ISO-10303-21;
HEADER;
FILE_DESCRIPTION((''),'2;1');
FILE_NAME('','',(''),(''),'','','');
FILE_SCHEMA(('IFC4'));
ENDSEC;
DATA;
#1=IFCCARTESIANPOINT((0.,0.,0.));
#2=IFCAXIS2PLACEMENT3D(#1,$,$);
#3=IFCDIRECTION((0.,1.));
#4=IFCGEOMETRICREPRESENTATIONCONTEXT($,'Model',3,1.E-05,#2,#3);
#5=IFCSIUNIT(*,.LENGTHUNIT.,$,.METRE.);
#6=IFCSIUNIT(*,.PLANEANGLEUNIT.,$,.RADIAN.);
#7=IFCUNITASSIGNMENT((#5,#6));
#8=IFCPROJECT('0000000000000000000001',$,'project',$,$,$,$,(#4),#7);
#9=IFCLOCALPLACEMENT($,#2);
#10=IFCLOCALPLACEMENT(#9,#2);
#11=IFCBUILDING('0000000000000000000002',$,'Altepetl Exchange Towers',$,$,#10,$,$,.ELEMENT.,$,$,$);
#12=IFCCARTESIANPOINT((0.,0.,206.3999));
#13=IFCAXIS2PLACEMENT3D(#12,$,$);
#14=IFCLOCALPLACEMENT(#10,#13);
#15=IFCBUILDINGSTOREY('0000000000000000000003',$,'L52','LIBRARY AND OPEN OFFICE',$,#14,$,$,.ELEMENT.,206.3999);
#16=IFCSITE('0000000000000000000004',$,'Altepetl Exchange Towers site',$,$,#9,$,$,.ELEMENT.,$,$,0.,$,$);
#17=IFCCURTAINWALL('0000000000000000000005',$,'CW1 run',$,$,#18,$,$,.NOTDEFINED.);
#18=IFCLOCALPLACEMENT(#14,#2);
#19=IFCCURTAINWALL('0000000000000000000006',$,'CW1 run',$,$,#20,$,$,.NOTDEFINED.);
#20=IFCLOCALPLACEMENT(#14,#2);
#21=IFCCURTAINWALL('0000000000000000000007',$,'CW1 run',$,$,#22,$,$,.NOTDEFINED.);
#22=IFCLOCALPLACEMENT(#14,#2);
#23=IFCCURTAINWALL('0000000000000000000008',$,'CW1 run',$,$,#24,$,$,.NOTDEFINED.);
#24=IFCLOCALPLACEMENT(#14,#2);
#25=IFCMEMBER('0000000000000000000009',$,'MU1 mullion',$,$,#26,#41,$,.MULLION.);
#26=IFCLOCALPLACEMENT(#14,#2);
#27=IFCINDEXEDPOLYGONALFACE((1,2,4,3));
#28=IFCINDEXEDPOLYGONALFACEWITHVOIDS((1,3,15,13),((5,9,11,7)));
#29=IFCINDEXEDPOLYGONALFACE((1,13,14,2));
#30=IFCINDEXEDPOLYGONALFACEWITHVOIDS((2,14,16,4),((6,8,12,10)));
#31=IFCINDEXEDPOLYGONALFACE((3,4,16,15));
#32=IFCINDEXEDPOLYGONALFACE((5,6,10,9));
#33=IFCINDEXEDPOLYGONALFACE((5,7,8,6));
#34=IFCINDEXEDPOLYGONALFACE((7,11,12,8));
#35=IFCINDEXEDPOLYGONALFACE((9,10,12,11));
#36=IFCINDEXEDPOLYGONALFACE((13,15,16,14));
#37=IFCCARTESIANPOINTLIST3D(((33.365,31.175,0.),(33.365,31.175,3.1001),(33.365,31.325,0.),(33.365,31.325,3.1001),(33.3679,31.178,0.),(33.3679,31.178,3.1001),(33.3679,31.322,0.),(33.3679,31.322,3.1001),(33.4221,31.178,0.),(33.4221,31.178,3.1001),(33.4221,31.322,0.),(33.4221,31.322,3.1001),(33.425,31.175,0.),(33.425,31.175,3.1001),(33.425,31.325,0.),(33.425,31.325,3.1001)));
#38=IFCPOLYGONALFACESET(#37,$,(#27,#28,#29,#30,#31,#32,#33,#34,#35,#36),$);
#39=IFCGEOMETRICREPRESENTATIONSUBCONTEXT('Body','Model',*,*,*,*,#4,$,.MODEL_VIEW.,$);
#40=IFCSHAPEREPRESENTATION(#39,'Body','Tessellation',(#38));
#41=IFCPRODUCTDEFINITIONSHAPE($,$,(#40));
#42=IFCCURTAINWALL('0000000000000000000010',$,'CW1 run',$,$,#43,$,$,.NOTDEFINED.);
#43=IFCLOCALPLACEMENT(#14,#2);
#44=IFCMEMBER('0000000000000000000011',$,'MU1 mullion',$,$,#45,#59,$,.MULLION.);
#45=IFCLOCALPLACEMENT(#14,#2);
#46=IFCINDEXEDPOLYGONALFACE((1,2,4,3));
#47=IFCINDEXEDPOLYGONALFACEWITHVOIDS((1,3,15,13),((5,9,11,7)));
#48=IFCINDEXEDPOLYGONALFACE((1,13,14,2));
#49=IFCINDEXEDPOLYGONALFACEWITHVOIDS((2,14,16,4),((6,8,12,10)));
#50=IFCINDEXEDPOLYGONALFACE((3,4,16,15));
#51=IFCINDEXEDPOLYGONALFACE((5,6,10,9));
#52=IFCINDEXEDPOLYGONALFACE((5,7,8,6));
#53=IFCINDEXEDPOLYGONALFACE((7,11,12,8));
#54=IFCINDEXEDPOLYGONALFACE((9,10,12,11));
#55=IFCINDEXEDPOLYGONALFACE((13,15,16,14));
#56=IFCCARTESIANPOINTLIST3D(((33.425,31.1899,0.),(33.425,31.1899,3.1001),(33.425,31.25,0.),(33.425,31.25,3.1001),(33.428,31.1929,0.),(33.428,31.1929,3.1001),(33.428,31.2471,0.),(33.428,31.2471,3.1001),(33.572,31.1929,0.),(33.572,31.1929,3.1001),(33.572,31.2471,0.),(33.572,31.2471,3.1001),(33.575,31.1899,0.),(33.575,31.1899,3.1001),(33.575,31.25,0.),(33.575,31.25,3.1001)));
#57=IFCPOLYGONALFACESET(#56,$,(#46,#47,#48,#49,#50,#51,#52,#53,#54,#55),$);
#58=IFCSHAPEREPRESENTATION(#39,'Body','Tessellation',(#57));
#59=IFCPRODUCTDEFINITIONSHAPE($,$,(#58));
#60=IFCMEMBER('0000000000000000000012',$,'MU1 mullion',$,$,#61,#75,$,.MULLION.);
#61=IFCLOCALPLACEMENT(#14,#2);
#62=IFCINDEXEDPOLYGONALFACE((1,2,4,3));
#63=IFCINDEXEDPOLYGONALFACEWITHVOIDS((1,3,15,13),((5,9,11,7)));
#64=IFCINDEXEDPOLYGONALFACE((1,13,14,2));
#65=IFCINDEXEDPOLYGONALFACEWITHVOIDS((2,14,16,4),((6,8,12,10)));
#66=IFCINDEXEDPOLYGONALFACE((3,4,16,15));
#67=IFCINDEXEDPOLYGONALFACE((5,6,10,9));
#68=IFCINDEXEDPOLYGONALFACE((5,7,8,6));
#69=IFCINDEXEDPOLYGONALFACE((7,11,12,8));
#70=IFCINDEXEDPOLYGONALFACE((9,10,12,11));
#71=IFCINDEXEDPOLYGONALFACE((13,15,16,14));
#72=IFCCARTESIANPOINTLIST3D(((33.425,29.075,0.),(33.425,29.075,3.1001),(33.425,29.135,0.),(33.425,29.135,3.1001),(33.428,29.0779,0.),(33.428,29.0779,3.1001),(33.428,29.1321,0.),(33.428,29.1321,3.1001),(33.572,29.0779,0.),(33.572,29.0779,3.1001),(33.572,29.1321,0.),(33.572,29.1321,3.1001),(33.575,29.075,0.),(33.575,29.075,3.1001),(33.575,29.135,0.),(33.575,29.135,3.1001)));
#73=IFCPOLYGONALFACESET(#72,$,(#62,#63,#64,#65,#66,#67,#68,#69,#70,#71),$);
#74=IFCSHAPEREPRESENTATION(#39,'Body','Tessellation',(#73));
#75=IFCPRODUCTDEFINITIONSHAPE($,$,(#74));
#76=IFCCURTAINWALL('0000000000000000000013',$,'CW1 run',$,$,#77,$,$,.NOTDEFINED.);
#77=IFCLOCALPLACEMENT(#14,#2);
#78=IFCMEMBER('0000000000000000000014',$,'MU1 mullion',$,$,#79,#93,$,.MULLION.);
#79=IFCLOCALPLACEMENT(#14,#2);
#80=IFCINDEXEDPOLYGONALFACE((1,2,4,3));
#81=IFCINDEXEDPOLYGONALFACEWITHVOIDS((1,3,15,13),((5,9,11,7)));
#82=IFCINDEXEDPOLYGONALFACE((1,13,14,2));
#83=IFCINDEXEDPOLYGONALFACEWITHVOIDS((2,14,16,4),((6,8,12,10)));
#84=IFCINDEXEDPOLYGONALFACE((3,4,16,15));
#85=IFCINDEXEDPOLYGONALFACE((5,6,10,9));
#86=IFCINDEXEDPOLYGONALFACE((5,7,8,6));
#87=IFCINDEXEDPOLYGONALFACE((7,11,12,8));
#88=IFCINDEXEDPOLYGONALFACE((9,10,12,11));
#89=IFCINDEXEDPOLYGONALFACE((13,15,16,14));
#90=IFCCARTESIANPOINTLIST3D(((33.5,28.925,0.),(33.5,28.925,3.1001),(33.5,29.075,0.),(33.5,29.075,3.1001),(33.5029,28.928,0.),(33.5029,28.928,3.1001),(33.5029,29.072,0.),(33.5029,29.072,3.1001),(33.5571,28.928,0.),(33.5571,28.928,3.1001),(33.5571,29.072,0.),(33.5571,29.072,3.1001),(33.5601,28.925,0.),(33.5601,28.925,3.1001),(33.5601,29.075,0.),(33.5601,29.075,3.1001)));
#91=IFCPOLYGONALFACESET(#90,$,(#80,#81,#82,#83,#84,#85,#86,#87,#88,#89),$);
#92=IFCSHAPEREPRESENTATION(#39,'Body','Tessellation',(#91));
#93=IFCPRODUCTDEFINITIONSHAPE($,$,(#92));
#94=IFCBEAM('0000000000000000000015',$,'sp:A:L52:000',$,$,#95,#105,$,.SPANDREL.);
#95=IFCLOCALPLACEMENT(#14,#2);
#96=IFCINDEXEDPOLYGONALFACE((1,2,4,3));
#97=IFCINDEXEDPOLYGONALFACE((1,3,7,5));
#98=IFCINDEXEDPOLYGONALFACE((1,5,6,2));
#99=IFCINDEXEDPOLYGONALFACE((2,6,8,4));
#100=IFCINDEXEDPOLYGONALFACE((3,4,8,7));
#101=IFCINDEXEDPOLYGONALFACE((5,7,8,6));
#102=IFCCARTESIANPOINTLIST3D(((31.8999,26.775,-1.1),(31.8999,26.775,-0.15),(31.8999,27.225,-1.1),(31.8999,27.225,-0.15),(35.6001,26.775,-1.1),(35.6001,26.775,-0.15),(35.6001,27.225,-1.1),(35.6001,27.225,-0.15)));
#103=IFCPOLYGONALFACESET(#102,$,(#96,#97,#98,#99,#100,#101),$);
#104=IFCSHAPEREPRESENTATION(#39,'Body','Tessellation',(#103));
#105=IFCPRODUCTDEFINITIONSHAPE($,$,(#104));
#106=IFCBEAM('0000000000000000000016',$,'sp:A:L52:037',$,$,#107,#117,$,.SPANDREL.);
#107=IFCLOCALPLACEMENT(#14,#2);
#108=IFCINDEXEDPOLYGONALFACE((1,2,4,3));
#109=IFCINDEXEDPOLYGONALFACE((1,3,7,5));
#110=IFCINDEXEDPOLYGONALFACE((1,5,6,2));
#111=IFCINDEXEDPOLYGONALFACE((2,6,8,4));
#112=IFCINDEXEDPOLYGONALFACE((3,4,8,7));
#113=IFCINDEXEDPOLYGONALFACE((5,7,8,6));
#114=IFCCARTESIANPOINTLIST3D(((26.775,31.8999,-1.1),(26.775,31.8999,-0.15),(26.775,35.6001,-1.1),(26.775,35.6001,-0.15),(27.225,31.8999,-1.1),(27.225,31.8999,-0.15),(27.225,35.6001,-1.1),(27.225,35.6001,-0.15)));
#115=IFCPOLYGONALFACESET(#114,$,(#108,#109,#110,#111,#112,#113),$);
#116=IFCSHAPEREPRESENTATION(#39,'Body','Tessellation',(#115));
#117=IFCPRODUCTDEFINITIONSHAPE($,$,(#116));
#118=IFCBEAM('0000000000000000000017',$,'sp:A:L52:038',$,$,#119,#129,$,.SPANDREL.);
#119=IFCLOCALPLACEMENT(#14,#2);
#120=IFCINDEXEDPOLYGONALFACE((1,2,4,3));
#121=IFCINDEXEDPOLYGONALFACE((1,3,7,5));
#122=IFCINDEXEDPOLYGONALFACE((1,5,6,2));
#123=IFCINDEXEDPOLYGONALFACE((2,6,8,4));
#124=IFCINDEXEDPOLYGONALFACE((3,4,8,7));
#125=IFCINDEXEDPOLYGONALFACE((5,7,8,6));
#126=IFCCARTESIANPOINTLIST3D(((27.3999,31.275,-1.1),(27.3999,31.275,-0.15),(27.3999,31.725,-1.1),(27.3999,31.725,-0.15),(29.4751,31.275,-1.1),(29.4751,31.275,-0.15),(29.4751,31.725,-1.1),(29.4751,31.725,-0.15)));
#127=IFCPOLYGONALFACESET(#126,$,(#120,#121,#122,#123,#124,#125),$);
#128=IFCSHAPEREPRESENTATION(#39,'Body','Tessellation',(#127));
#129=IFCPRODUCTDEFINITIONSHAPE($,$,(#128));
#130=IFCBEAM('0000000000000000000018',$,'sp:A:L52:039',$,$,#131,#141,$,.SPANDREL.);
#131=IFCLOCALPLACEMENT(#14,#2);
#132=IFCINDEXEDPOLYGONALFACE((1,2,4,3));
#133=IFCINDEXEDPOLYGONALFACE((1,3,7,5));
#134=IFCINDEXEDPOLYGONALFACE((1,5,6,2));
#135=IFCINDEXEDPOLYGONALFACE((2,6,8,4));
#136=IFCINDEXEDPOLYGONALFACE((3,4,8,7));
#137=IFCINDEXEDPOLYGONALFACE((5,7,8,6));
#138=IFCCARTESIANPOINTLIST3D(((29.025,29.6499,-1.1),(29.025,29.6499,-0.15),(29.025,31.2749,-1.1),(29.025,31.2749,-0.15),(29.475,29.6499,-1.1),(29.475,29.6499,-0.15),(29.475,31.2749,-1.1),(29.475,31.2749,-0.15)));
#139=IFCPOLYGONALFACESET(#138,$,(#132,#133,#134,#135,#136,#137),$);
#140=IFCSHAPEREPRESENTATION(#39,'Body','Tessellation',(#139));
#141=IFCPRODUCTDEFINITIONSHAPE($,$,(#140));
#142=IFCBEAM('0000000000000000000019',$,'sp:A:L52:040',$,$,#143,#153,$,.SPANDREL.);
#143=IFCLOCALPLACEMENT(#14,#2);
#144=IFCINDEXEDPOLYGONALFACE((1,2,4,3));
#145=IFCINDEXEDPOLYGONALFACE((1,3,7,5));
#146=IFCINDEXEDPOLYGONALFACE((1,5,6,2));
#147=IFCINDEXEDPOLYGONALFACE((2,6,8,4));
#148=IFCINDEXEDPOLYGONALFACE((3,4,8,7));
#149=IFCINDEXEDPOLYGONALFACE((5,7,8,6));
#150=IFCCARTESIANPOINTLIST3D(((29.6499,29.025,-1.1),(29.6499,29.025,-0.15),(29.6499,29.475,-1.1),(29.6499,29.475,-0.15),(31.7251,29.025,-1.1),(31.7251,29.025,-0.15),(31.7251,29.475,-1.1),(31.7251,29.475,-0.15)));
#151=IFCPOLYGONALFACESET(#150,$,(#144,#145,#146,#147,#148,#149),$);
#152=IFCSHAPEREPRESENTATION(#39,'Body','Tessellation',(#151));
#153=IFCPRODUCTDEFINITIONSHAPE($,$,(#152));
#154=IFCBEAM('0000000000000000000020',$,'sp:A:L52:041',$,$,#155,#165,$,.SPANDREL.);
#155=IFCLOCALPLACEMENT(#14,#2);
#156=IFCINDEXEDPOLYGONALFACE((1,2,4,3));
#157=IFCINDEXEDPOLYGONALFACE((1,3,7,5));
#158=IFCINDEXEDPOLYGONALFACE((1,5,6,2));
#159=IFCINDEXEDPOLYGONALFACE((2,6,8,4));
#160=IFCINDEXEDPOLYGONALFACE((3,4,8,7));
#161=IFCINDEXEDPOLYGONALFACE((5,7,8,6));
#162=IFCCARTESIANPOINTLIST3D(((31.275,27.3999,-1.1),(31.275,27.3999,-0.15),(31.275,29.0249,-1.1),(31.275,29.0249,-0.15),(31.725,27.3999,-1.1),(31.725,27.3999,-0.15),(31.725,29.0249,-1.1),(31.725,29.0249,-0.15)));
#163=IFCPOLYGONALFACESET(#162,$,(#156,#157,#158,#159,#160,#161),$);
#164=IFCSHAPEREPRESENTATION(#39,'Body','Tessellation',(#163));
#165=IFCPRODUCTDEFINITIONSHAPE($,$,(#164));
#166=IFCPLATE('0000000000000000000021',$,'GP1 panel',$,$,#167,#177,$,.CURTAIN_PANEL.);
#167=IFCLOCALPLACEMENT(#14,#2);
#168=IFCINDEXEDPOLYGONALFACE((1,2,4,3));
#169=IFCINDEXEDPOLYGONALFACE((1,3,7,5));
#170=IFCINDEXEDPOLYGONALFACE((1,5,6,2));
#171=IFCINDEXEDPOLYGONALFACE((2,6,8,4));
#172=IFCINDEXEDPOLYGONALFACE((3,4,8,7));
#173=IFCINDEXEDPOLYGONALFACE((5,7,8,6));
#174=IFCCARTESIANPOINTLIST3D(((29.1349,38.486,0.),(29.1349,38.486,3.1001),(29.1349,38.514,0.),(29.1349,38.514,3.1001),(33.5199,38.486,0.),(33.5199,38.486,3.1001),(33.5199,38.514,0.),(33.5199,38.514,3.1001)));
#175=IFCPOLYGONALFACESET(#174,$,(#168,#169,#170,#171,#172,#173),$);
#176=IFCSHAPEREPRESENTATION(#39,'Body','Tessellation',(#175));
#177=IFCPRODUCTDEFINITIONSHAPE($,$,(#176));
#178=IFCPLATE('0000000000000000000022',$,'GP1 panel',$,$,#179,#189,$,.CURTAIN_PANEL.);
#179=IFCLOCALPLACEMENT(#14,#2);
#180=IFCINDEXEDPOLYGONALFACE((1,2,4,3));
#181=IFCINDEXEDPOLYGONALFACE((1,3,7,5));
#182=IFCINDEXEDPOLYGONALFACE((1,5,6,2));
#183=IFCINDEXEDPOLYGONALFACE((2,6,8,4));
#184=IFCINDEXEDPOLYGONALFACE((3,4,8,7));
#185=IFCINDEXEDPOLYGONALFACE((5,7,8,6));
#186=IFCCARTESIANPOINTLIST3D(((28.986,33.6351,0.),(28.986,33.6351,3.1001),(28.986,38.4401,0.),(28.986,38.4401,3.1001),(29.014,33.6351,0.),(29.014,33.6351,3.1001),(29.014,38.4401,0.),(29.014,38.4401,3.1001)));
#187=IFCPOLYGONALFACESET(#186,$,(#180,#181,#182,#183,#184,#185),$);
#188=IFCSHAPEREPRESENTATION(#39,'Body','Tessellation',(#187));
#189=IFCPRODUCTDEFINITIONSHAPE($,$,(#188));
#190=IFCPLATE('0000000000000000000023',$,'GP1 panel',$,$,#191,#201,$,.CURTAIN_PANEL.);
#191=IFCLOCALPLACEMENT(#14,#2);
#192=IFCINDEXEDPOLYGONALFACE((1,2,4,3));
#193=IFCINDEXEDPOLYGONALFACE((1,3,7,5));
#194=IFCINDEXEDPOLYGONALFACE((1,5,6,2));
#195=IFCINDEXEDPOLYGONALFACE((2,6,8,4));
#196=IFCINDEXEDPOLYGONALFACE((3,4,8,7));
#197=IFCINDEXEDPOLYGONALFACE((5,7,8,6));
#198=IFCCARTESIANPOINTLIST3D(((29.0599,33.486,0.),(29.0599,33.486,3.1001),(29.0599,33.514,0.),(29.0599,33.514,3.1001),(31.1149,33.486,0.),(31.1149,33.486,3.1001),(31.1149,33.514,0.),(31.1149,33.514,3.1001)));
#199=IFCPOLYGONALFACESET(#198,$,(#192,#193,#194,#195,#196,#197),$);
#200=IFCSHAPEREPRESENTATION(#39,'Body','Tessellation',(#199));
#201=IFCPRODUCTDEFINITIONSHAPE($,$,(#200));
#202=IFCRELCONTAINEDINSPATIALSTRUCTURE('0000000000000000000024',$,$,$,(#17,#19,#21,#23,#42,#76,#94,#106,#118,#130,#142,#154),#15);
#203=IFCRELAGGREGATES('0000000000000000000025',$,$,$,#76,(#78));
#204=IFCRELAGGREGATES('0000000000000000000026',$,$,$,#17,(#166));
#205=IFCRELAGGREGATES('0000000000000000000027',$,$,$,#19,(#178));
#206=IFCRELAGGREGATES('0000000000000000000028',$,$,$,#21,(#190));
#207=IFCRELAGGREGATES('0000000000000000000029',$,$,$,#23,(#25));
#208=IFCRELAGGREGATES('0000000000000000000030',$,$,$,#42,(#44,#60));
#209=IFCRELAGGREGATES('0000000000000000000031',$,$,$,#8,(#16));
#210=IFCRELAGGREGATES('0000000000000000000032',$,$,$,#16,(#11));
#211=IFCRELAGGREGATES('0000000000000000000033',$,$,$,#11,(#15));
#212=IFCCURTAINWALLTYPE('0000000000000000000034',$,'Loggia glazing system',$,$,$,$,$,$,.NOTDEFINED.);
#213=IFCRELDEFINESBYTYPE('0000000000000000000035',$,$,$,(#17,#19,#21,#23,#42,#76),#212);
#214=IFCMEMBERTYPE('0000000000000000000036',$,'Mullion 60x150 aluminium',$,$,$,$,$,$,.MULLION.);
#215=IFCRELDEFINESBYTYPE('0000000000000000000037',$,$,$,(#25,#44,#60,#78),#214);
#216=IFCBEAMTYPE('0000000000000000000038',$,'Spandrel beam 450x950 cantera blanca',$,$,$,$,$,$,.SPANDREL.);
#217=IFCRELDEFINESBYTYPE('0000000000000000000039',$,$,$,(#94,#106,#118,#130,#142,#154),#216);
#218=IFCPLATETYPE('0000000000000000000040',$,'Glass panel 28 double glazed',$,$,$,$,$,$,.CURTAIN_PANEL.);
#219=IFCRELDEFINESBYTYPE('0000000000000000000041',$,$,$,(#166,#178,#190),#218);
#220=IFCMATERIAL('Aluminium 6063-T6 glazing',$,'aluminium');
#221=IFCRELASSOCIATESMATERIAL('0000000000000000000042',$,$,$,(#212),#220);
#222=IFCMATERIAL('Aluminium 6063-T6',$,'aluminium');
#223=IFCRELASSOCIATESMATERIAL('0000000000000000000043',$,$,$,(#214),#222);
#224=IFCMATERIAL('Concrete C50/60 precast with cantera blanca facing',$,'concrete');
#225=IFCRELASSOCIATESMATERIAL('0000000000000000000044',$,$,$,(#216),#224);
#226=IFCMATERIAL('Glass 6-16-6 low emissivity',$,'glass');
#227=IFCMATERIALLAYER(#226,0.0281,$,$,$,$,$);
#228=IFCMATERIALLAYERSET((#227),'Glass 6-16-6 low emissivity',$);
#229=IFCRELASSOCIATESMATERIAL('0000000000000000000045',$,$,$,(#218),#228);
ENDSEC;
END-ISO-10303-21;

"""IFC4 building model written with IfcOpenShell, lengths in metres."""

from ifc_helpers import new_model, si_unit, direction, frame, origin, origin_2d, place, context, subcontext, project, spatial, rectangle, hollow_rectangle, extrude, material, layer, layer_set, material_profile, profile_set, type_object, element, aggregate, save


model = new_model("IFC4")

# Units and contexts
model_context = context("Model", 3, precision=1e-05, world=origin(), true_north=direction((0.0, 1.0)))
body_context = subcontext(model_context, "Body", "Model", "MODEL_VIEW")
ifc_project = project(units=[si_unit("LENGTHUNIT", "METRE"), si_unit("PLANEANGLEUNIT", "RADIAN")], contexts=[model_context])

# Site, building, storey
site_placement = place(None, origin())
site = spatial("IfcSite", under=ifc_project, at=site_placement, Name="Altepetl Exchange Towers site", CompositionType="ELEMENT", RefElevation=0.0)
building_placement = place(site_placement, origin())
building = spatial("IfcBuilding", under=site, at=building_placement, Name="Altepetl Exchange Towers", CompositionType="ELEMENT")
storey_placement = place(building_placement, frame((0.0, 0.0, 206.3999)))
storey = spatial("IfcBuildingStorey", under=building, at=storey_placement, Name="L52", Description="LIBRARY AND OPEN OFFICE", CompositionType="ELEMENT", Elevation=206.3999)

# Curtain wall
ifc_material_1 = material(Name="Aluminium 6063-T6 glazing", Category="aluminium")
curtain_wall_type = type_object("IfcCurtainWallType", Name="Loggia glazing system", PredefinedType="NOTDEFINED", material=ifc_material_1)
curtain_wall_1_placement = place(storey_placement, origin())
curtain_wall_1 = element("IfcCurtainWall", 1, at=curtain_wall_1_placement, inside=storey, type_object=curtain_wall_type, Name="CW1 run", PredefinedType="NOTDEFINED")
ifc_material_2 = material(Name="Aluminium 6063-T6", Category="aluminium")
ifc_material_profile_1 = material_profile(ifc_material_2, hollow_rectangle(XDim=0.0601, YDim=0.1499, WallThickness=0.0029, at=origin_2d()), Name="Mullion 60x150 aluminium")
ifc_profile_set_1 = profile_set([ifc_material_profile_1], Name="Aluminium 6063-T6")
member_type = type_object("IfcMemberType", Name="Mullion 60x150 aluminium", PredefinedType="MULLION", material=ifc_profile_set_1)

# Curtain walls, members
curtain_wall_2_placement = place(storey_placement, origin())
curtain_wall_2 = element("IfcCurtainWall", 2, at=curtain_wall_2_placement, inside=storey, type_object=curtain_wall_type, Name="CW1 run", PredefinedType="NOTDEFINED")
curtain_wall_3_placement = place(storey_placement, origin())
curtain_wall_3 = element("IfcCurtainWall", 3, at=curtain_wall_3_placement, inside=storey, type_object=curtain_wall_type, Name="CW1 run", PredefinedType="NOTDEFINED")
curtain_wall_4_placement = place(storey_placement, origin())
curtain_wall_4 = element("IfcCurtainWall", 4, at=curtain_wall_4_placement, inside=storey, type_object=curtain_wall_type, Name="CW1 run", PredefinedType="NOTDEFINED")
member_1_placement = place(storey_placement, frame((33.395, 31.25, 0.0)))
member_1 = element("IfcMember", 5, at=member_1_placement, type_object=member_type, Name="MU1 mullion", PredefinedType="MULLION", context=body_context, shape_type="SweptSolid", body=[
    extrude(hollow_rectangle(XDim=0.0601, YDim=0.1499, WallThickness=0.0029, at=origin_2d()), origin(), (0.0, 0.0, 1.0), 3.1001),
])
curtain_wall_5_placement = place(storey_placement, origin())
curtain_wall_5 = element("IfcCurtainWall", 6, at=curtain_wall_5_placement, inside=storey, type_object=curtain_wall_type, Name="CW1 run", PredefinedType="NOTDEFINED")
member_2_placement = place(storey_placement, frame((33.5, 31.22, 0.0), z_axis=(0.0, 0.0, 1.0), x_axis=(0.0, -1.0, 0.0)))
member_2 = element("IfcMember", 7, at=member_2_placement, type_object=member_type, Name="MU1 mullion", PredefinedType="MULLION", context=body_context, shape_type="SweptSolid", body=[
    extrude(hollow_rectangle(XDim=0.0601, YDim=0.1499, WallThickness=0.0029, at=origin_2d()), origin(), (0.0, 0.0, 1.0), 3.1001),
])
member_3_placement = place(storey_placement, frame((33.5, 29.105, 0.0), z_axis=(0.0, 0.0, 1.0), x_axis=(0.0, -1.0, 0.0)))
member_3 = element("IfcMember", 8, at=member_3_placement, type_object=member_type, Name="MU1 mullion", PredefinedType="MULLION", context=body_context, shape_type="SweptSolid", body=[
    extrude(hollow_rectangle(XDim=0.0601, YDim=0.1499, WallThickness=0.0029, at=origin_2d()), origin(), (0.0, 0.0, 1.0), 3.1001),
])

# Curtain wall, member
curtain_wall_6_placement = place(storey_placement, origin())
curtain_wall_6 = element("IfcCurtainWall", 9, at=curtain_wall_6_placement, inside=storey, type_object=curtain_wall_type, Name="CW1 run", PredefinedType="NOTDEFINED")
member_4_placement = place(storey_placement, frame((33.53, 29.0, 0.0)))
member_4 = element("IfcMember", 10, at=member_4_placement, type_object=member_type, Name="MU1 mullion", PredefinedType="MULLION", context=body_context, shape_type="SweptSolid", body=[
    extrude(hollow_rectangle(XDim=0.0601, YDim=0.1499, WallThickness=0.0029, at=origin_2d()), origin(), (0.0, 0.0, 1.0), 3.1001),
])
aggregate(curtain_wall_6, [member_4])

# Beams
ifc_material_3 = material(Name="Concrete C50/60 precast with cantera blanca facing", Category="concrete")
ifc_material_profile_2 = material_profile(ifc_material_3, rectangle(XDim=0.45, YDim=0.95, at=origin_2d()), Name="450 x 950")
ifc_profile_set_2 = profile_set([ifc_material_profile_2], Name="Concrete C50/60 precast with cantera blanca facing")
beam_type_1 = type_object("IfcBeamType", Name="Spandrel beam 450x950 cantera blanca", PredefinedType="SPANDREL", material=ifc_profile_set_2)
for number, where, z_axis, x_axis, name in (
    (11, (31.8999, 27.0, -0.625), (1.0, 0.0, 0.0), (0.0, 1.0, 0.0), "sp:A:L52:000"),
    (12, (27.0, 35.6001, -0.625), (0.0, -1.0, 0.0), (1.0, 0.0, 0.0), "sp:A:L52:037"),
):
    element("IfcBeam", number, at=place(storey_placement, frame(where, z_axis=z_axis, x_axis=x_axis)), inside=storey, type_object=beam_type_1, Name=name, PredefinedType="SPANDREL", context=body_context, shape_type="SweptSolid", body=[
        extrude(rectangle(XDim=0.45, YDim=0.95, at=origin_2d()), origin(), (0.0, 0.0, 1.0), 3.7002),
    ])
beam_1_placement = place(storey_placement, frame((27.3999, 31.5, -0.625), z_axis=(1.0, 0.0, 0.0), x_axis=(0.0, 1.0, 0.0)))
element("IfcBeam", 13, at=beam_1_placement, inside=storey, type_object=beam_type_1, Name="sp:A:L52:038", PredefinedType="SPANDREL", context=body_context, shape_type="SweptSolid", body=[
    extrude(rectangle(XDim=0.45, YDim=0.95, at=origin_2d()), origin(), (0.0, 0.0, 1.0), 2.0752),
])
beam_2_placement = place(storey_placement, frame((29.25, 31.2749, -0.625), z_axis=(0.0, -1.0, 0.0), x_axis=(1.0, 0.0, 0.0)))
element("IfcBeam", 14, at=beam_2_placement, inside=storey, type_object=beam_type_1, Name="sp:A:L52:039", PredefinedType="SPANDREL", context=body_context, shape_type="SweptSolid", body=[
    extrude(rectangle(XDim=0.45, YDim=0.95, at=origin_2d()), origin(), (0.0, 0.0, 1.0), 1.625),
])
beam_3_placement = place(storey_placement, frame((29.6499, 29.25, -0.625), z_axis=(1.0, 0.0, 0.0), x_axis=(0.0, 1.0, 0.0)))
element("IfcBeam", 15, at=beam_3_placement, inside=storey, type_object=beam_type_1, Name="sp:A:L52:040", PredefinedType="SPANDREL", context=body_context, shape_type="SweptSolid", body=[
    extrude(rectangle(XDim=0.45, YDim=0.95, at=origin_2d()), origin(), (0.0, 0.0, 1.0), 2.0752),
])
beam_4_placement = place(storey_placement, frame((31.5, 29.0249, -0.625), z_axis=(0.0, -1.0, 0.0), x_axis=(1.0, 0.0, 0.0)))
element("IfcBeam", 16, at=beam_4_placement, inside=storey, type_object=beam_type_1, Name="sp:A:L52:041", PredefinedType="SPANDREL", context=body_context, shape_type="SweptSolid", body=[
    extrude(rectangle(XDim=0.45, YDim=0.95, at=origin_2d()), origin(), (0.0, 0.0, 1.0), 1.625),
])

# Plates
ifc_material_4 = material(Name="Glass 6-16-6 low emissivity", Category="glass")
ifc_layer = layer(ifc_material_4, 0.0281)
ifc_layer_set = layer_set([ifc_layer], Name="Glass 6-16-6 low emissivity")
plate_type = type_object("IfcPlateType", Name="Glass panel 28 double glazed", PredefinedType="CURTAIN_PANEL", material=ifc_layer_set)
plate_1_placement = place(storey_placement, frame((31.3274, 38.5, 0.0), z_axis=(0.0, 0.0, 1.0), x_axis=(-1.0, 0.0, 0.0)))
plate_1 = element("IfcPlate", 17, at=plate_1_placement, type_object=plate_type, Name="GP1 panel", PredefinedType="CURTAIN_PANEL", context=body_context, shape_type="SweptSolid", body=[
    extrude(rectangle(XDim=4.385, YDim=0.0281, at=origin_2d()), origin(), (0.0, 0.0, 1.0), 3.1001),
])
aggregate(curtain_wall_1, [plate_1])
plate_2_placement = place(storey_placement, frame((29.0, 36.0376, 0.0), z_axis=(0.0, 0.0, 1.0), x_axis=(0.0, -1.0, 0.0)))
plate_2 = element("IfcPlate", 18, at=plate_2_placement, type_object=plate_type, Name="GP1 panel", PredefinedType="CURTAIN_PANEL", context=body_context, shape_type="SweptSolid", body=[
    extrude(rectangle(XDim=4.8049, YDim=0.0281, at=origin_2d()), origin(), (0.0, 0.0, 1.0), 3.1001),
])
aggregate(curtain_wall_2, [plate_2])
plate_3_placement = place(storey_placement, frame((30.0874, 33.5, 0.0)))
plate_3 = element("IfcPlate", 19, at=plate_3_placement, type_object=plate_type, Name="GP1 panel", PredefinedType="CURTAIN_PANEL", context=body_context, shape_type="SweptSolid", body=[
    extrude(rectangle(XDim=2.0549, YDim=0.0281, at=origin_2d()), origin(), (0.0, 0.0, 1.0), 3.1001),
])
aggregate(curtain_wall_3, [plate_3])
aggregate(curtain_wall_4, [member_1])
aggregate(curtain_wall_5, [member_2, member_3])

save(model, "model.ifc")
